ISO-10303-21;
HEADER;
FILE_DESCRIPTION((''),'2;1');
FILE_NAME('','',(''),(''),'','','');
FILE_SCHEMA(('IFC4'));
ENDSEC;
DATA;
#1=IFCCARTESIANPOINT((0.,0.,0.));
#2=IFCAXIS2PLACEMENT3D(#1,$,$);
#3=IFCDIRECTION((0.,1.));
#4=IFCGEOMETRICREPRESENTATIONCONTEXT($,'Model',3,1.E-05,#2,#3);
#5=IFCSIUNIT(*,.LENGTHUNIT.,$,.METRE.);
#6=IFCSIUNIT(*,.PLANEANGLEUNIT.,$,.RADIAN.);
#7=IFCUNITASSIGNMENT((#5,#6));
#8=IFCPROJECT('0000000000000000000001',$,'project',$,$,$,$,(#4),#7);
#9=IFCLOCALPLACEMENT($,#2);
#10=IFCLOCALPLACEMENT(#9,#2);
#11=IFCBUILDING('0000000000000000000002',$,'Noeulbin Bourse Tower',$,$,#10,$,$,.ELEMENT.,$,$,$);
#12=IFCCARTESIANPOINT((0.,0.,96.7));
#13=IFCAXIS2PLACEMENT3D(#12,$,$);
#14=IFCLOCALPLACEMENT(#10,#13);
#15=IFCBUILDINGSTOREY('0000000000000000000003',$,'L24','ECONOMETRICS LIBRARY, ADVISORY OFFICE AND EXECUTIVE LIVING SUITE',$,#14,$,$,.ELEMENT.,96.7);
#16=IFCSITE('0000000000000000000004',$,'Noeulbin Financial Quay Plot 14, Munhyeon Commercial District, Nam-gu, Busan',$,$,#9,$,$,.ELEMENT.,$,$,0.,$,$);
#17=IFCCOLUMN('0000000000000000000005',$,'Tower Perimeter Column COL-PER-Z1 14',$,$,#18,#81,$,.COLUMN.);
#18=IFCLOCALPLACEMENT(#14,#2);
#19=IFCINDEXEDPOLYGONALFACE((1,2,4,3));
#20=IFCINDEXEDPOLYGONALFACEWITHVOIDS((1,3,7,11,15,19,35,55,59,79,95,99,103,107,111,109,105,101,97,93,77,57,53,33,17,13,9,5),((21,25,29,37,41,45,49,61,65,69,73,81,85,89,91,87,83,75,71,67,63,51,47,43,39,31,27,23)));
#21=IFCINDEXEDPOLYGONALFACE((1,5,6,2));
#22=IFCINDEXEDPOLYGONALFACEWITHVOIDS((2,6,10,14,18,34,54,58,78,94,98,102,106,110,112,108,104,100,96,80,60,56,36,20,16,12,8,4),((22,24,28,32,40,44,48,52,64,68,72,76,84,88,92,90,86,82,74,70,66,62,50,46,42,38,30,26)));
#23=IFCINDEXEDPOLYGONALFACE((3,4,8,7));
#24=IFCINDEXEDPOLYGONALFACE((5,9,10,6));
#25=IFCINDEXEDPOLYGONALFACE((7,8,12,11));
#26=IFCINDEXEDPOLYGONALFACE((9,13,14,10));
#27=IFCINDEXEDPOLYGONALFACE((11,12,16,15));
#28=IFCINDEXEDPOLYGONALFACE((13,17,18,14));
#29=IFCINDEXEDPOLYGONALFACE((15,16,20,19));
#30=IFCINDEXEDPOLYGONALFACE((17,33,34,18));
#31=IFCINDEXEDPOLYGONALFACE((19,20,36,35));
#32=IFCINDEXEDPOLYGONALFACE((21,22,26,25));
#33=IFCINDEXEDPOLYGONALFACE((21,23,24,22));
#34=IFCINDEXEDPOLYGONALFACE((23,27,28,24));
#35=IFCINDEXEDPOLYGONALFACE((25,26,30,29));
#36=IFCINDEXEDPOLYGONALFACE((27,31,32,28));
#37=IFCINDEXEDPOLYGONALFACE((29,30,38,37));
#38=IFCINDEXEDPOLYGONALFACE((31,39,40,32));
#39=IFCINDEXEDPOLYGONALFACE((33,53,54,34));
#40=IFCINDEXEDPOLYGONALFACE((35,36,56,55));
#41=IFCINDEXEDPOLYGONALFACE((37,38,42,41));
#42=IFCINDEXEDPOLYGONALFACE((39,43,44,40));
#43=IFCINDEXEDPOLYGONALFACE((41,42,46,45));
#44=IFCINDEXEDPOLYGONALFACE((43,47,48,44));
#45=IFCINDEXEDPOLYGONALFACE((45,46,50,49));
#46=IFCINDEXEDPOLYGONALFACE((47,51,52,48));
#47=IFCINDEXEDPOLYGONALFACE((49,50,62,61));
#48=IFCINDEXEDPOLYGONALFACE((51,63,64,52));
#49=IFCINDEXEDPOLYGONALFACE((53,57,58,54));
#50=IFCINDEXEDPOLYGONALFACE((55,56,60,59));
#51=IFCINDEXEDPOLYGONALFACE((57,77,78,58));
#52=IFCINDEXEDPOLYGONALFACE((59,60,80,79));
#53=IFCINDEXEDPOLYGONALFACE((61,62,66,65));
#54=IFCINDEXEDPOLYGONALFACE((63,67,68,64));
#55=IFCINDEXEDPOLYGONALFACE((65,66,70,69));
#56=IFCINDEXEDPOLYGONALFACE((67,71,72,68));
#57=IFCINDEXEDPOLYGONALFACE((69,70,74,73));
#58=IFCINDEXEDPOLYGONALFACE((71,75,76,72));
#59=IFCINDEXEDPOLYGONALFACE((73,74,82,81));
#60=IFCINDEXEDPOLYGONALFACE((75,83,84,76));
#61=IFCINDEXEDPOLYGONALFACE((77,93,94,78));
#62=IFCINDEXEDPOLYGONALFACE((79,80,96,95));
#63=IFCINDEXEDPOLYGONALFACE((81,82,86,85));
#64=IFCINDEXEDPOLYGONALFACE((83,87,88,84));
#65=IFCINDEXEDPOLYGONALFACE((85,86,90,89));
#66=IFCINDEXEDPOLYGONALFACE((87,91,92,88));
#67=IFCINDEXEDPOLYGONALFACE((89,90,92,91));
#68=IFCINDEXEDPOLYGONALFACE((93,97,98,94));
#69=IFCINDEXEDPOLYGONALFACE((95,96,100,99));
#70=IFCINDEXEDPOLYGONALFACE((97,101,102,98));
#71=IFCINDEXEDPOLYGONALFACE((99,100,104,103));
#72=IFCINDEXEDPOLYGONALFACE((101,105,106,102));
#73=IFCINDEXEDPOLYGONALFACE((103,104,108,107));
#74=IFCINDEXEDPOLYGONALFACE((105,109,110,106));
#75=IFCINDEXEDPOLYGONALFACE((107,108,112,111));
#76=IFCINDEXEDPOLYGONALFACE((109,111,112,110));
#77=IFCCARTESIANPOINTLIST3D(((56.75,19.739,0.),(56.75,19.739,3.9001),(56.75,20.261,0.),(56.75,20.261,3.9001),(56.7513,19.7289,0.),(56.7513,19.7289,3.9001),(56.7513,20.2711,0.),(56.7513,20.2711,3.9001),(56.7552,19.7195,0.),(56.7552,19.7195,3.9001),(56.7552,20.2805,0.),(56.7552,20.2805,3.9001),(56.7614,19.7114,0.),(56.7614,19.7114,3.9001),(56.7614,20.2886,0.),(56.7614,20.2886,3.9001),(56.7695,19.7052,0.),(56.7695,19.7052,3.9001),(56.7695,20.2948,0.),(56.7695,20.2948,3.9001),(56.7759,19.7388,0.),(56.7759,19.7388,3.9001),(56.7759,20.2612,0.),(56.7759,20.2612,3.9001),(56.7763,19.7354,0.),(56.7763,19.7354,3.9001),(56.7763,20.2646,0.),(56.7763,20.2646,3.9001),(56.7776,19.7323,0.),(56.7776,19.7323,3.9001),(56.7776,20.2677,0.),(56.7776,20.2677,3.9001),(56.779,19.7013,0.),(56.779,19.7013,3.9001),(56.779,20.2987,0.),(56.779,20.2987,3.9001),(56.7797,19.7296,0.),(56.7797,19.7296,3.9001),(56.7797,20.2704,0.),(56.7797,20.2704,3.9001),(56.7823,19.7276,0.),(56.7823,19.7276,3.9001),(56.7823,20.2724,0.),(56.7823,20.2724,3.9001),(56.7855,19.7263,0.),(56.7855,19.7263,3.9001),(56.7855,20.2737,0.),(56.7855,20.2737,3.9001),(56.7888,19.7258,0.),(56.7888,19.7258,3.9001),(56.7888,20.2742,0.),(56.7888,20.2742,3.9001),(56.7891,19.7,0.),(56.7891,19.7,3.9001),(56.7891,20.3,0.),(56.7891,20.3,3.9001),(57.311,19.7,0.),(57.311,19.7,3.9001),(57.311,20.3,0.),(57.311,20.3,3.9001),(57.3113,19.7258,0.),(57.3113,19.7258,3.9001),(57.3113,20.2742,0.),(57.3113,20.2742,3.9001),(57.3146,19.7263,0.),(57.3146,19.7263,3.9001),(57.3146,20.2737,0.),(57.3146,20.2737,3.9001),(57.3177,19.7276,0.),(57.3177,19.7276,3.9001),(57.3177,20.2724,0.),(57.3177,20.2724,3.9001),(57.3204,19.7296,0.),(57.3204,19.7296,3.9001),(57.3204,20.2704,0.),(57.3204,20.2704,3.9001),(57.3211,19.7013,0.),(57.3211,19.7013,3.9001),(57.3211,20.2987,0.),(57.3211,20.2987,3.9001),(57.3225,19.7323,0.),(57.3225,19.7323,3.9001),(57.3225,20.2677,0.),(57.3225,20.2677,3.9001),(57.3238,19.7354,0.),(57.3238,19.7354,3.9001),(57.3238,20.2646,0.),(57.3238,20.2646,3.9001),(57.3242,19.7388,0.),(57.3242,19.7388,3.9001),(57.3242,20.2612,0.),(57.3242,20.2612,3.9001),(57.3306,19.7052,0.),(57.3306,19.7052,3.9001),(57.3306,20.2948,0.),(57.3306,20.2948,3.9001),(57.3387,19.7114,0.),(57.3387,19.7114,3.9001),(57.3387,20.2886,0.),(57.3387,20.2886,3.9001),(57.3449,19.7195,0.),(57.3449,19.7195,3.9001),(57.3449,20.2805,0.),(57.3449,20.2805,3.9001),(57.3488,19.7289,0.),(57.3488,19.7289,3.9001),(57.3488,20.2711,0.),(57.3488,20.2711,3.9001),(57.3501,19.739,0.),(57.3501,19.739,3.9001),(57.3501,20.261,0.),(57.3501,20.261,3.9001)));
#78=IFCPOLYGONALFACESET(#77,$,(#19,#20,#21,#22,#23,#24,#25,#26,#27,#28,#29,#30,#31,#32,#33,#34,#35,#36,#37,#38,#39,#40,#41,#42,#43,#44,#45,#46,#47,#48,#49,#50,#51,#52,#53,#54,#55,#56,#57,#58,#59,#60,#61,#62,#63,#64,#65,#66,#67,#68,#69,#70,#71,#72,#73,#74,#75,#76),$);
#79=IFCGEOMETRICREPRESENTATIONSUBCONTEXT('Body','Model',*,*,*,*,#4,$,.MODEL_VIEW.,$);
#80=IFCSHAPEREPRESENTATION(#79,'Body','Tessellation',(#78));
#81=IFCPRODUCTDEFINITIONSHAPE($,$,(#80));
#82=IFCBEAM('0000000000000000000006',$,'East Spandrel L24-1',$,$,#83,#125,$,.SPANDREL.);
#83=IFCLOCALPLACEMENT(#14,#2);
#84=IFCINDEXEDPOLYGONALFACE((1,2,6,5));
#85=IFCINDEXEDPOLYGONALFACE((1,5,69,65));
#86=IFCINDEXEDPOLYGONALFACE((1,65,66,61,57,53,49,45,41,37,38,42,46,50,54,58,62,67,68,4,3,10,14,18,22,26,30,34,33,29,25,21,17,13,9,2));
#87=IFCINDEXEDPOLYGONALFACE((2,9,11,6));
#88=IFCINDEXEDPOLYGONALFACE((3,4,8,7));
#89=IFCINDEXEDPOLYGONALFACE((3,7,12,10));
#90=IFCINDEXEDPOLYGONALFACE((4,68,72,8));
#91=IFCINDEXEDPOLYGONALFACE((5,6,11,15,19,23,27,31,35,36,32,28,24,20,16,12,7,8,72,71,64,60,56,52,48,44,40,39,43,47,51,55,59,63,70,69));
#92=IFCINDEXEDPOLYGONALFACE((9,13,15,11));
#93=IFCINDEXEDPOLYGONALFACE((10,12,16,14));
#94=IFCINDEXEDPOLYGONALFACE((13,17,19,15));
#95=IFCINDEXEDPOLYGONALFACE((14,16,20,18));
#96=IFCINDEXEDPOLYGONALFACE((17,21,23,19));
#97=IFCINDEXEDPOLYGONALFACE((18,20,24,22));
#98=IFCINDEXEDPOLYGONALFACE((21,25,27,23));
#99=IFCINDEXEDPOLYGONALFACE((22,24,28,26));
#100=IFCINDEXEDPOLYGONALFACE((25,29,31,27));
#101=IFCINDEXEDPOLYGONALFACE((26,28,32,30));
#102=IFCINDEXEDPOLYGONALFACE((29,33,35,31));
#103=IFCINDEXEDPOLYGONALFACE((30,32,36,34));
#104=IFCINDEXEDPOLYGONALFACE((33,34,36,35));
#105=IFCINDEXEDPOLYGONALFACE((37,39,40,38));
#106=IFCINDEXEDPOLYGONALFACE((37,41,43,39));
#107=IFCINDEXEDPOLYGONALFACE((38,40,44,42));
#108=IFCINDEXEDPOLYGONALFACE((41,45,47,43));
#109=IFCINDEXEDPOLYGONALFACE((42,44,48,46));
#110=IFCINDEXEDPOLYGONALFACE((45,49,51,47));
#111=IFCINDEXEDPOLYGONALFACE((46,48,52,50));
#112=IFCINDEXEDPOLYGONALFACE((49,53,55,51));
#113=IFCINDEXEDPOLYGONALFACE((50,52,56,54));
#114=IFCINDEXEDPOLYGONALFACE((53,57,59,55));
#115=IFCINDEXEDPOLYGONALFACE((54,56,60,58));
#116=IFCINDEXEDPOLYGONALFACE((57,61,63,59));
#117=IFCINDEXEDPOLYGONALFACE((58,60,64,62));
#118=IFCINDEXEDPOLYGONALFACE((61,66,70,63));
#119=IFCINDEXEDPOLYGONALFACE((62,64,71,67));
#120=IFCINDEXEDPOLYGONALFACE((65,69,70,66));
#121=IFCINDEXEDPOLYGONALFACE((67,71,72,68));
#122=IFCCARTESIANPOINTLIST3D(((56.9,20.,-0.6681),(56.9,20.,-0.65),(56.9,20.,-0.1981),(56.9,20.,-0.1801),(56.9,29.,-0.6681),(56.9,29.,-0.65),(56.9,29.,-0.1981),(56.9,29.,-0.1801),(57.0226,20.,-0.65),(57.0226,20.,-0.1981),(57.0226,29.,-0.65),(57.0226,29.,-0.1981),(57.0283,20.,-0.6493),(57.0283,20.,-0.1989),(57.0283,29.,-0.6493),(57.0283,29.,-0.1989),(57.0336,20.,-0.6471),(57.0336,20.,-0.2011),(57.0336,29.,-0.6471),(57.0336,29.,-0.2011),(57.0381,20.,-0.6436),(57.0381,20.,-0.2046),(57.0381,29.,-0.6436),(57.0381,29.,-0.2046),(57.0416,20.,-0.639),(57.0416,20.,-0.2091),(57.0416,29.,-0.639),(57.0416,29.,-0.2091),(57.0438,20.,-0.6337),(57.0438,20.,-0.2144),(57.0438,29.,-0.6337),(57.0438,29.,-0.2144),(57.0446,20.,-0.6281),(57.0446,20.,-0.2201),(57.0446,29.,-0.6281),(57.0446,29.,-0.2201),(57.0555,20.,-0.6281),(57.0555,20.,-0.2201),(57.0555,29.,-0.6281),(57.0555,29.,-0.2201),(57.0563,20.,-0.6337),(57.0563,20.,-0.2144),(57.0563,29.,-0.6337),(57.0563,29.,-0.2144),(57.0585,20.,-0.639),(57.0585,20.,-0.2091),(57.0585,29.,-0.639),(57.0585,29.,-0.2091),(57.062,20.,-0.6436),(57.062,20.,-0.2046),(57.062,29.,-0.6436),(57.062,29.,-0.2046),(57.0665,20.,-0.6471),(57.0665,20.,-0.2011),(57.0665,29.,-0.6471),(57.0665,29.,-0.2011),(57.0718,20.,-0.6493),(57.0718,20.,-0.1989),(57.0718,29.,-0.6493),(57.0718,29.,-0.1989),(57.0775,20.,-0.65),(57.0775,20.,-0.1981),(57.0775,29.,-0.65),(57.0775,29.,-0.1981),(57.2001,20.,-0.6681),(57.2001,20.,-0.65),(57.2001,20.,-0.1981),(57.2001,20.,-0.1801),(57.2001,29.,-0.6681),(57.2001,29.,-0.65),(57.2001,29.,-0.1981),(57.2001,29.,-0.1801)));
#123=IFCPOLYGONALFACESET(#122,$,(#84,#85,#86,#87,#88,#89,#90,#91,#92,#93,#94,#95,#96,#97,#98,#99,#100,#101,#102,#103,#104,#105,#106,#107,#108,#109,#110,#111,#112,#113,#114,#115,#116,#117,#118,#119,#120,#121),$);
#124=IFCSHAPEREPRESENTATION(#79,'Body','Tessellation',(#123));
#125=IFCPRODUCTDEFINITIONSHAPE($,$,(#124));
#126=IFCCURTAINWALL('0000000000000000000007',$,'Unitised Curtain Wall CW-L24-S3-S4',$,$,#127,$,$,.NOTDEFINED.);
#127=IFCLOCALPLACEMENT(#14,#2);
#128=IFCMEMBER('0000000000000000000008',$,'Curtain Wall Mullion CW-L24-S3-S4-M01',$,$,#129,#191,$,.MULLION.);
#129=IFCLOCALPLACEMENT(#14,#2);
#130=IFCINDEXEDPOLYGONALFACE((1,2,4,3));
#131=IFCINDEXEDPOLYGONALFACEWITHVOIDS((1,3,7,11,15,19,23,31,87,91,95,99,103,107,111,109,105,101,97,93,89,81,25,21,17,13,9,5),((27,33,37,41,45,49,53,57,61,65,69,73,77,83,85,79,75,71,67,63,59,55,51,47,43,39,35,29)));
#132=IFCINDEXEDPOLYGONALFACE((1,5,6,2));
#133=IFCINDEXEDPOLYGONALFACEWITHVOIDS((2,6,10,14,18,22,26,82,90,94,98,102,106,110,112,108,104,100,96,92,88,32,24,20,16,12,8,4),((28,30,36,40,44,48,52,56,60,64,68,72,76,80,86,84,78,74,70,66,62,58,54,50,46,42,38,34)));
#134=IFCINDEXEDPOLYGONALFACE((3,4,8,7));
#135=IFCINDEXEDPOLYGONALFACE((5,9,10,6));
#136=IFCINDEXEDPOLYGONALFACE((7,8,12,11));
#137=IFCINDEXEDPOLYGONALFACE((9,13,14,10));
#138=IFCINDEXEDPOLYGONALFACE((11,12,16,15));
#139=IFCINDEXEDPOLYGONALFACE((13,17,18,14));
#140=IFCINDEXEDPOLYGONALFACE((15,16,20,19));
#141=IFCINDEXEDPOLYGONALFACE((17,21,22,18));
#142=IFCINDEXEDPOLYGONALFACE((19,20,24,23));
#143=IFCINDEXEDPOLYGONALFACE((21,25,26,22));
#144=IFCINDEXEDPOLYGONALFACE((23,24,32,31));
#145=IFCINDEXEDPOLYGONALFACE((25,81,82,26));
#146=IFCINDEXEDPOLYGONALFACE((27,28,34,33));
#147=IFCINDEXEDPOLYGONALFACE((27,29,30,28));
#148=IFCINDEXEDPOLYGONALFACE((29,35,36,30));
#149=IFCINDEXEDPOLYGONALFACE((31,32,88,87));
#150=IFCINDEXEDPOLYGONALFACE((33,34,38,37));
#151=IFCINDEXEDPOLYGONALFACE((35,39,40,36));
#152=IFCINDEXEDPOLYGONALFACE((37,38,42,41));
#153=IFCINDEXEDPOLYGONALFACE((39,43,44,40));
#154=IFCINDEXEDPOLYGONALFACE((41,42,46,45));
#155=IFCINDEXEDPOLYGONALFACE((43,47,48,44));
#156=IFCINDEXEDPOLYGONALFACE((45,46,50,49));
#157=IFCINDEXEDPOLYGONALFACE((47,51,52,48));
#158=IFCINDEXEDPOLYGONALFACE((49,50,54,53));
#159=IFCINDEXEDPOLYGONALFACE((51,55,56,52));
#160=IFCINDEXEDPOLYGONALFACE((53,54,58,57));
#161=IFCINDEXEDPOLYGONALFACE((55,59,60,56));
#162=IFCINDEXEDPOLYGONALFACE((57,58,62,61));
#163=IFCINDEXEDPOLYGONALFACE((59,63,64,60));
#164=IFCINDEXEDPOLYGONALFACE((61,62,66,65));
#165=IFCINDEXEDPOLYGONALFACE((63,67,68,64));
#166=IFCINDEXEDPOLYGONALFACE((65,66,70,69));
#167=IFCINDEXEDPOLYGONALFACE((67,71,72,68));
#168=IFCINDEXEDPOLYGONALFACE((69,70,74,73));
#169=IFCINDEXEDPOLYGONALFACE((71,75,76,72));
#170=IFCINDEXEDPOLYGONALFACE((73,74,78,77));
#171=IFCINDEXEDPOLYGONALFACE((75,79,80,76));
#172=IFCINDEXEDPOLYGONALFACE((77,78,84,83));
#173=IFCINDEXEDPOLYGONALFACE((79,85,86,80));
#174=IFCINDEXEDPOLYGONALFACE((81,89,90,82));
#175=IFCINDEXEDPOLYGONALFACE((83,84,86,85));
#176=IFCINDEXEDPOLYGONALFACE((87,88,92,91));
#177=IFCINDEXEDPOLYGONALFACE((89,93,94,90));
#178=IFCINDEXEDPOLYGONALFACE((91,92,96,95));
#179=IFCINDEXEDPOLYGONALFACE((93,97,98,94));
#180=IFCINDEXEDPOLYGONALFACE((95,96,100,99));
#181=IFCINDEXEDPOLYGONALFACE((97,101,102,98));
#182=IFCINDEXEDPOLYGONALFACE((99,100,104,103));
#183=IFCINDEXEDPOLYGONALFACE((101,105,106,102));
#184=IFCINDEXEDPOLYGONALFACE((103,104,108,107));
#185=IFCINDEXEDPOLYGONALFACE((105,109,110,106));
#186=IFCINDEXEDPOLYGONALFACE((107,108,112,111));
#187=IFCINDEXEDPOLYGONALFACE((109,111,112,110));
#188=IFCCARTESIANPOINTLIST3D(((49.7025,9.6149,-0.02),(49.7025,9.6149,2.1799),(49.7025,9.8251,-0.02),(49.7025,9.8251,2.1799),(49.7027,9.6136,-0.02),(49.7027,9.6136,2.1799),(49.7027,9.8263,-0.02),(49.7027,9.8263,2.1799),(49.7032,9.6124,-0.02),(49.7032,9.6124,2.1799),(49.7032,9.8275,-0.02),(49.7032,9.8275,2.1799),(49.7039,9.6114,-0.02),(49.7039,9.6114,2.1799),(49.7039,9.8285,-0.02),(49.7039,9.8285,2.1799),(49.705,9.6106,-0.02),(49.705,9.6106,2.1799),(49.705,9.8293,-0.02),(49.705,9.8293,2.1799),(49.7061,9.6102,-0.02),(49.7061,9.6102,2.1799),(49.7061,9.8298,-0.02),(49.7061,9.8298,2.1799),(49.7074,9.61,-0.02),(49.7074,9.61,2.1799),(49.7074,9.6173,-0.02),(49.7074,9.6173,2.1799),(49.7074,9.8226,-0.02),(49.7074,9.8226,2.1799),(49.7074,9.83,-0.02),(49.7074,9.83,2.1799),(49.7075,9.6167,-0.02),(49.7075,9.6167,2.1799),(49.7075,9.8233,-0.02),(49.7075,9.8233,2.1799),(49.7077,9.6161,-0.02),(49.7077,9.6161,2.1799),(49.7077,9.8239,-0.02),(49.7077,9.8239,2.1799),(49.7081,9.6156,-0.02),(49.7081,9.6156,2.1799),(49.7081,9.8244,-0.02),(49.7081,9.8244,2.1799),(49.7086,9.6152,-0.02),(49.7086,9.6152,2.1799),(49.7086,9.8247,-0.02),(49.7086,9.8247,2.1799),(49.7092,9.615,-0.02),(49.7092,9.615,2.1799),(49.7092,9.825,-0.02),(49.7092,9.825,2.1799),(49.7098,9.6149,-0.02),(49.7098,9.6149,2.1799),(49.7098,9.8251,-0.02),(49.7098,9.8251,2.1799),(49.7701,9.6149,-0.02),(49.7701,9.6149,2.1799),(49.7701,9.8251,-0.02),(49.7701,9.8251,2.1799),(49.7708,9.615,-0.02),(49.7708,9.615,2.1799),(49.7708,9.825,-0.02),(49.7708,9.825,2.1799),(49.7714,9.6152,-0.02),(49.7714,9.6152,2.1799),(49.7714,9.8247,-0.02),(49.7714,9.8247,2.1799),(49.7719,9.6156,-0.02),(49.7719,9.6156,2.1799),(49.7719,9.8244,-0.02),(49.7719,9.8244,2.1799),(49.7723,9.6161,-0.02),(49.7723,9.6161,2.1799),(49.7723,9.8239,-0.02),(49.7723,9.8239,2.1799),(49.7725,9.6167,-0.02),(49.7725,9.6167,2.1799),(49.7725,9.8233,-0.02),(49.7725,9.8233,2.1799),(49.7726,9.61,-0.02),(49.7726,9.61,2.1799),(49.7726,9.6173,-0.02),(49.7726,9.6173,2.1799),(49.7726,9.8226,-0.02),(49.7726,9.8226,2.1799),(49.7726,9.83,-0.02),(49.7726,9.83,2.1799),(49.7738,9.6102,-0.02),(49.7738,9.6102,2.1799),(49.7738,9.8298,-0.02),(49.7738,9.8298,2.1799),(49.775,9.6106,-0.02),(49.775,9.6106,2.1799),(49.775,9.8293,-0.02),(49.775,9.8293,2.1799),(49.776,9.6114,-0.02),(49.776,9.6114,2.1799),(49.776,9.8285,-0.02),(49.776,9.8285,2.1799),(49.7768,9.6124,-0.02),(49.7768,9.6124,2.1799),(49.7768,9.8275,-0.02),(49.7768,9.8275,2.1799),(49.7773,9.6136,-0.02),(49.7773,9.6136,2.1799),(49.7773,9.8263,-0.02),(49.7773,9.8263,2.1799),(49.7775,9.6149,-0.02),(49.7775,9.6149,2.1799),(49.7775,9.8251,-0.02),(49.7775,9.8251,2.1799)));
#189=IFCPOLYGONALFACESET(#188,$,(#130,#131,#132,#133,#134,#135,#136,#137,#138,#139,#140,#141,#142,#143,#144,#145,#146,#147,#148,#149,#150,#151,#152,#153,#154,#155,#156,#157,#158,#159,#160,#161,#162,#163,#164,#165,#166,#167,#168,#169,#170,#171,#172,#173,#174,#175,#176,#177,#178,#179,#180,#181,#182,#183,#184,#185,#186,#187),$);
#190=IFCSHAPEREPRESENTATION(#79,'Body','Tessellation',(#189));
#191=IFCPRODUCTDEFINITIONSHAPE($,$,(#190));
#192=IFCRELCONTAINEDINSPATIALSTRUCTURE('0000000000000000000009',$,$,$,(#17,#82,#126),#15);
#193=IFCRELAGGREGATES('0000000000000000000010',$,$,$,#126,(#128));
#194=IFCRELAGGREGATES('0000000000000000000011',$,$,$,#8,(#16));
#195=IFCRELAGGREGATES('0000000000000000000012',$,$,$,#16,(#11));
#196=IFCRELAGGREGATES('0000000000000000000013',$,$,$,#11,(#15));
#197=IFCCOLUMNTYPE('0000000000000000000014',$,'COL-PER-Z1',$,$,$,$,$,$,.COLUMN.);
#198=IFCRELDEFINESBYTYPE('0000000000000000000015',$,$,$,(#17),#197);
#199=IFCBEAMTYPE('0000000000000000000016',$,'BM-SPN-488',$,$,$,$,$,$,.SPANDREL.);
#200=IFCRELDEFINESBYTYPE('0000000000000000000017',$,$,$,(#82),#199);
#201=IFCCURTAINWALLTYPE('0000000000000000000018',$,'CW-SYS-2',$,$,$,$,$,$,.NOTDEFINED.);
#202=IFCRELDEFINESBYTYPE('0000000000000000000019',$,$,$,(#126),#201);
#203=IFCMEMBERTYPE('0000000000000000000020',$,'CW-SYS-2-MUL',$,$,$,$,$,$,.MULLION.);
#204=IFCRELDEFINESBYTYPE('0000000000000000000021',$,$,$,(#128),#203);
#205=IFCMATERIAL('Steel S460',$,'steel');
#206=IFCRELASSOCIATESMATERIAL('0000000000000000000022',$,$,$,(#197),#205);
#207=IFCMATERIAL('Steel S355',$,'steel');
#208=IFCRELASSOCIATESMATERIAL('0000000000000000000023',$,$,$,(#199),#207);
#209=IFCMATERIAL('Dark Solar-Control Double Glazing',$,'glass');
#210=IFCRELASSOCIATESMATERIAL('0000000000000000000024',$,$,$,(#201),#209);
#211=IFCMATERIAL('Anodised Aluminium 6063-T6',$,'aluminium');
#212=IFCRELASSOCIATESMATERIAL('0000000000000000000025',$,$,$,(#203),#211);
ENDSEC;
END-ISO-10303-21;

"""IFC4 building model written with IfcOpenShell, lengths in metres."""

from ifc_helpers import new_model, si_unit, direction, frame, origin, origin_2d, place, context, subcontext, project, spatial, hollow_rectangle, i_section, extrude, material, material_profile, profile_set, type_object, element, aggregate, save


model = new_model("IFC4")

# Units and contexts
model_context = context("Model", 3, precision=1e-05, world=origin(), true_north=direction((0.0, 1.0)))
body_context = subcontext(model_context, "Body", "Model", "MODEL_VIEW")
ifc_project = project(units=[si_unit("LENGTHUNIT", "METRE"), si_unit("PLANEANGLEUNIT", "RADIAN")], contexts=[model_context])

# Site, building, storey
site_placement = place(None, origin())
site = spatial("IfcSite", under=ifc_project, at=site_placement, Name="Noeulbin Financial Quay Plot 14, Munhyeon Commercial District, Nam-gu, Busan", CompositionType="ELEMENT", RefElevation=0.0)
building_placement = place(site_placement, origin())
building = spatial("IfcBuilding", under=site, at=building_placement, Name="Noeulbin Bourse Tower", CompositionType="ELEMENT")
storey_placement = place(building_placement, frame((0.0, 0.0, 96.7)))
storey = spatial("IfcBuildingStorey", under=building, at=storey_placement, Name="L24", Description="ECONOMETRICS LIBRARY, ADVISORY OFFICE AND EXECUTIVE LIVING SUITE", CompositionType="ELEMENT", Elevation=96.7)

# Column
ifc_material_1 = material(Name="Steel S460", Category="steel")
ifc_material_profile_1 = material_profile(ifc_material_1, hollow_rectangle(XDim=0.6001, YDim=0.6001, WallThickness=0.0259, InnerFilletRadius=0.0129, OuterFilletRadius=0.0391, at=origin_2d()), Name="BOX-600x600x26", Category="LoadBearing")
ifc_profile_set_1 = profile_set([ifc_material_profile_1], Name="Steel S460")
column_type = type_object("IfcColumnType", Name="COL-PER-Z1", PredefinedType="COLUMN", material=ifc_profile_set_1)
column_placement = place(storey_placement, frame((57.05, 20.0, 0.0), z_axis=(0.0, 0.0, 1.0), x_axis=(1.0, 0.0, 0.0)))
element("IfcColumn", 1, at=column_placement, inside=storey, type_object=column_type, Name="Tower Perimeter Column COL-PER-Z1 14", PredefinedType="COLUMN", context=body_context, shape_type="SweptSolid", body=[
    extrude(hollow_rectangle(XDim=0.6001, YDim=0.6001, WallThickness=0.0259, InnerFilletRadius=0.0129, OuterFilletRadius=0.0391, at=origin_2d()), origin(), (0.0, 0.0, 1.0), 3.9001),
])

# Beam
ifc_material_2 = material(Name="Steel S355", Category="steel")
ifc_material_profile_2 = material_profile(ifc_material_2, i_section(OverallWidth=0.3, OverallDepth=0.488, WebThickness=0.011, FlangeThickness=0.0181, FilletRadius=0.022, at=origin_2d()), Name="H-488x300x11x18", Category="LoadBearing")
ifc_profile_set_2 = profile_set([ifc_material_profile_2], Name="Steel S355")
beam_type = type_object("IfcBeamType", Name="BM-SPN-488", PredefinedType="SPANDREL", material=ifc_profile_set_2)
beam_placement = place(storey_placement, frame((57.05, 20.0, -0.4241), z_axis=(0.0, 1.0, 0.0), x_axis=(-1.0, 0.0, 0.0)))
element("IfcBeam", 2, at=beam_placement, inside=storey, type_object=beam_type, Name="East Spandrel L24-1", PredefinedType="SPANDREL", context=body_context, shape_type="SweptSolid", body=[
    extrude(i_section(OverallWidth=0.3, OverallDepth=0.488, WebThickness=0.011, FlangeThickness=0.0181, FilletRadius=0.022, at=origin_2d()), origin(), (0.0, 0.0, 1.0), 9.0),
])

# Curtain wall, member
ifc_material_3 = material(Name="Dark Solar-Control Double Glazing", Category="glass")
curtain_wall_type = type_object("IfcCurtainWallType", Name="CW-SYS-2", PredefinedType="NOTDEFINED", material=ifc_material_3)
curtain_wall_1_placement = place(storey_placement, origin())
curtain_wall_1 = element("IfcCurtainWall", 3, at=curtain_wall_1_placement, inside=storey, type_object=curtain_wall_type, Name="Unitised Curtain Wall CW-L24-S3-S4", PredefinedType="NOTDEFINED")
ifc_material_4 = material(Name="Anodised Aluminium 6063-T6", Category="aluminium")
ifc_material_profile_3 = material_profile(ifc_material_4, hollow_rectangle(XDim=0.075, YDim=0.22, WallThickness=0.0049, InnerFilletRadius=0.0024, OuterFilletRadius=0.0049, at=origin_2d()), Name="ALU-MULL-75x220x5", Category="LoadBearing")
ifc_profile_set_3 = profile_set([ifc_material_profile_3], Name="Anodised Aluminium 6063-T6")
member_type_1 = type_object("IfcMemberType", Name="CW-SYS-2-MUL", PredefinedType="MULLION", material=ifc_profile_set_3)
member_1_placement = place(storey_placement, frame((49.74, 9.72, -0.02), z_axis=(0.0, 0.0, 1.0), x_axis=(1.0, 0.0, 0.0)))
member_1 = element("IfcMember", 4, at=member_1_placement, type_object=member_type_1, Name="Curtain Wall Mullion CW-L24-S3-S4-M01", PredefinedType="MULLION", context=body_context, shape_type="SweptSolid", body=[
    extrude(hollow_rectangle(XDim=0.075, YDim=0.22, WallThickness=0.0049, InnerFilletRadius=0.0024, OuterFilletRadius=0.0049, at=origin_2d()), origin(), (0.0, 0.0, 1.0), 2.2),
])

aggregate(curtain_wall_1, [member_1])

save(model, "model.ifc")
